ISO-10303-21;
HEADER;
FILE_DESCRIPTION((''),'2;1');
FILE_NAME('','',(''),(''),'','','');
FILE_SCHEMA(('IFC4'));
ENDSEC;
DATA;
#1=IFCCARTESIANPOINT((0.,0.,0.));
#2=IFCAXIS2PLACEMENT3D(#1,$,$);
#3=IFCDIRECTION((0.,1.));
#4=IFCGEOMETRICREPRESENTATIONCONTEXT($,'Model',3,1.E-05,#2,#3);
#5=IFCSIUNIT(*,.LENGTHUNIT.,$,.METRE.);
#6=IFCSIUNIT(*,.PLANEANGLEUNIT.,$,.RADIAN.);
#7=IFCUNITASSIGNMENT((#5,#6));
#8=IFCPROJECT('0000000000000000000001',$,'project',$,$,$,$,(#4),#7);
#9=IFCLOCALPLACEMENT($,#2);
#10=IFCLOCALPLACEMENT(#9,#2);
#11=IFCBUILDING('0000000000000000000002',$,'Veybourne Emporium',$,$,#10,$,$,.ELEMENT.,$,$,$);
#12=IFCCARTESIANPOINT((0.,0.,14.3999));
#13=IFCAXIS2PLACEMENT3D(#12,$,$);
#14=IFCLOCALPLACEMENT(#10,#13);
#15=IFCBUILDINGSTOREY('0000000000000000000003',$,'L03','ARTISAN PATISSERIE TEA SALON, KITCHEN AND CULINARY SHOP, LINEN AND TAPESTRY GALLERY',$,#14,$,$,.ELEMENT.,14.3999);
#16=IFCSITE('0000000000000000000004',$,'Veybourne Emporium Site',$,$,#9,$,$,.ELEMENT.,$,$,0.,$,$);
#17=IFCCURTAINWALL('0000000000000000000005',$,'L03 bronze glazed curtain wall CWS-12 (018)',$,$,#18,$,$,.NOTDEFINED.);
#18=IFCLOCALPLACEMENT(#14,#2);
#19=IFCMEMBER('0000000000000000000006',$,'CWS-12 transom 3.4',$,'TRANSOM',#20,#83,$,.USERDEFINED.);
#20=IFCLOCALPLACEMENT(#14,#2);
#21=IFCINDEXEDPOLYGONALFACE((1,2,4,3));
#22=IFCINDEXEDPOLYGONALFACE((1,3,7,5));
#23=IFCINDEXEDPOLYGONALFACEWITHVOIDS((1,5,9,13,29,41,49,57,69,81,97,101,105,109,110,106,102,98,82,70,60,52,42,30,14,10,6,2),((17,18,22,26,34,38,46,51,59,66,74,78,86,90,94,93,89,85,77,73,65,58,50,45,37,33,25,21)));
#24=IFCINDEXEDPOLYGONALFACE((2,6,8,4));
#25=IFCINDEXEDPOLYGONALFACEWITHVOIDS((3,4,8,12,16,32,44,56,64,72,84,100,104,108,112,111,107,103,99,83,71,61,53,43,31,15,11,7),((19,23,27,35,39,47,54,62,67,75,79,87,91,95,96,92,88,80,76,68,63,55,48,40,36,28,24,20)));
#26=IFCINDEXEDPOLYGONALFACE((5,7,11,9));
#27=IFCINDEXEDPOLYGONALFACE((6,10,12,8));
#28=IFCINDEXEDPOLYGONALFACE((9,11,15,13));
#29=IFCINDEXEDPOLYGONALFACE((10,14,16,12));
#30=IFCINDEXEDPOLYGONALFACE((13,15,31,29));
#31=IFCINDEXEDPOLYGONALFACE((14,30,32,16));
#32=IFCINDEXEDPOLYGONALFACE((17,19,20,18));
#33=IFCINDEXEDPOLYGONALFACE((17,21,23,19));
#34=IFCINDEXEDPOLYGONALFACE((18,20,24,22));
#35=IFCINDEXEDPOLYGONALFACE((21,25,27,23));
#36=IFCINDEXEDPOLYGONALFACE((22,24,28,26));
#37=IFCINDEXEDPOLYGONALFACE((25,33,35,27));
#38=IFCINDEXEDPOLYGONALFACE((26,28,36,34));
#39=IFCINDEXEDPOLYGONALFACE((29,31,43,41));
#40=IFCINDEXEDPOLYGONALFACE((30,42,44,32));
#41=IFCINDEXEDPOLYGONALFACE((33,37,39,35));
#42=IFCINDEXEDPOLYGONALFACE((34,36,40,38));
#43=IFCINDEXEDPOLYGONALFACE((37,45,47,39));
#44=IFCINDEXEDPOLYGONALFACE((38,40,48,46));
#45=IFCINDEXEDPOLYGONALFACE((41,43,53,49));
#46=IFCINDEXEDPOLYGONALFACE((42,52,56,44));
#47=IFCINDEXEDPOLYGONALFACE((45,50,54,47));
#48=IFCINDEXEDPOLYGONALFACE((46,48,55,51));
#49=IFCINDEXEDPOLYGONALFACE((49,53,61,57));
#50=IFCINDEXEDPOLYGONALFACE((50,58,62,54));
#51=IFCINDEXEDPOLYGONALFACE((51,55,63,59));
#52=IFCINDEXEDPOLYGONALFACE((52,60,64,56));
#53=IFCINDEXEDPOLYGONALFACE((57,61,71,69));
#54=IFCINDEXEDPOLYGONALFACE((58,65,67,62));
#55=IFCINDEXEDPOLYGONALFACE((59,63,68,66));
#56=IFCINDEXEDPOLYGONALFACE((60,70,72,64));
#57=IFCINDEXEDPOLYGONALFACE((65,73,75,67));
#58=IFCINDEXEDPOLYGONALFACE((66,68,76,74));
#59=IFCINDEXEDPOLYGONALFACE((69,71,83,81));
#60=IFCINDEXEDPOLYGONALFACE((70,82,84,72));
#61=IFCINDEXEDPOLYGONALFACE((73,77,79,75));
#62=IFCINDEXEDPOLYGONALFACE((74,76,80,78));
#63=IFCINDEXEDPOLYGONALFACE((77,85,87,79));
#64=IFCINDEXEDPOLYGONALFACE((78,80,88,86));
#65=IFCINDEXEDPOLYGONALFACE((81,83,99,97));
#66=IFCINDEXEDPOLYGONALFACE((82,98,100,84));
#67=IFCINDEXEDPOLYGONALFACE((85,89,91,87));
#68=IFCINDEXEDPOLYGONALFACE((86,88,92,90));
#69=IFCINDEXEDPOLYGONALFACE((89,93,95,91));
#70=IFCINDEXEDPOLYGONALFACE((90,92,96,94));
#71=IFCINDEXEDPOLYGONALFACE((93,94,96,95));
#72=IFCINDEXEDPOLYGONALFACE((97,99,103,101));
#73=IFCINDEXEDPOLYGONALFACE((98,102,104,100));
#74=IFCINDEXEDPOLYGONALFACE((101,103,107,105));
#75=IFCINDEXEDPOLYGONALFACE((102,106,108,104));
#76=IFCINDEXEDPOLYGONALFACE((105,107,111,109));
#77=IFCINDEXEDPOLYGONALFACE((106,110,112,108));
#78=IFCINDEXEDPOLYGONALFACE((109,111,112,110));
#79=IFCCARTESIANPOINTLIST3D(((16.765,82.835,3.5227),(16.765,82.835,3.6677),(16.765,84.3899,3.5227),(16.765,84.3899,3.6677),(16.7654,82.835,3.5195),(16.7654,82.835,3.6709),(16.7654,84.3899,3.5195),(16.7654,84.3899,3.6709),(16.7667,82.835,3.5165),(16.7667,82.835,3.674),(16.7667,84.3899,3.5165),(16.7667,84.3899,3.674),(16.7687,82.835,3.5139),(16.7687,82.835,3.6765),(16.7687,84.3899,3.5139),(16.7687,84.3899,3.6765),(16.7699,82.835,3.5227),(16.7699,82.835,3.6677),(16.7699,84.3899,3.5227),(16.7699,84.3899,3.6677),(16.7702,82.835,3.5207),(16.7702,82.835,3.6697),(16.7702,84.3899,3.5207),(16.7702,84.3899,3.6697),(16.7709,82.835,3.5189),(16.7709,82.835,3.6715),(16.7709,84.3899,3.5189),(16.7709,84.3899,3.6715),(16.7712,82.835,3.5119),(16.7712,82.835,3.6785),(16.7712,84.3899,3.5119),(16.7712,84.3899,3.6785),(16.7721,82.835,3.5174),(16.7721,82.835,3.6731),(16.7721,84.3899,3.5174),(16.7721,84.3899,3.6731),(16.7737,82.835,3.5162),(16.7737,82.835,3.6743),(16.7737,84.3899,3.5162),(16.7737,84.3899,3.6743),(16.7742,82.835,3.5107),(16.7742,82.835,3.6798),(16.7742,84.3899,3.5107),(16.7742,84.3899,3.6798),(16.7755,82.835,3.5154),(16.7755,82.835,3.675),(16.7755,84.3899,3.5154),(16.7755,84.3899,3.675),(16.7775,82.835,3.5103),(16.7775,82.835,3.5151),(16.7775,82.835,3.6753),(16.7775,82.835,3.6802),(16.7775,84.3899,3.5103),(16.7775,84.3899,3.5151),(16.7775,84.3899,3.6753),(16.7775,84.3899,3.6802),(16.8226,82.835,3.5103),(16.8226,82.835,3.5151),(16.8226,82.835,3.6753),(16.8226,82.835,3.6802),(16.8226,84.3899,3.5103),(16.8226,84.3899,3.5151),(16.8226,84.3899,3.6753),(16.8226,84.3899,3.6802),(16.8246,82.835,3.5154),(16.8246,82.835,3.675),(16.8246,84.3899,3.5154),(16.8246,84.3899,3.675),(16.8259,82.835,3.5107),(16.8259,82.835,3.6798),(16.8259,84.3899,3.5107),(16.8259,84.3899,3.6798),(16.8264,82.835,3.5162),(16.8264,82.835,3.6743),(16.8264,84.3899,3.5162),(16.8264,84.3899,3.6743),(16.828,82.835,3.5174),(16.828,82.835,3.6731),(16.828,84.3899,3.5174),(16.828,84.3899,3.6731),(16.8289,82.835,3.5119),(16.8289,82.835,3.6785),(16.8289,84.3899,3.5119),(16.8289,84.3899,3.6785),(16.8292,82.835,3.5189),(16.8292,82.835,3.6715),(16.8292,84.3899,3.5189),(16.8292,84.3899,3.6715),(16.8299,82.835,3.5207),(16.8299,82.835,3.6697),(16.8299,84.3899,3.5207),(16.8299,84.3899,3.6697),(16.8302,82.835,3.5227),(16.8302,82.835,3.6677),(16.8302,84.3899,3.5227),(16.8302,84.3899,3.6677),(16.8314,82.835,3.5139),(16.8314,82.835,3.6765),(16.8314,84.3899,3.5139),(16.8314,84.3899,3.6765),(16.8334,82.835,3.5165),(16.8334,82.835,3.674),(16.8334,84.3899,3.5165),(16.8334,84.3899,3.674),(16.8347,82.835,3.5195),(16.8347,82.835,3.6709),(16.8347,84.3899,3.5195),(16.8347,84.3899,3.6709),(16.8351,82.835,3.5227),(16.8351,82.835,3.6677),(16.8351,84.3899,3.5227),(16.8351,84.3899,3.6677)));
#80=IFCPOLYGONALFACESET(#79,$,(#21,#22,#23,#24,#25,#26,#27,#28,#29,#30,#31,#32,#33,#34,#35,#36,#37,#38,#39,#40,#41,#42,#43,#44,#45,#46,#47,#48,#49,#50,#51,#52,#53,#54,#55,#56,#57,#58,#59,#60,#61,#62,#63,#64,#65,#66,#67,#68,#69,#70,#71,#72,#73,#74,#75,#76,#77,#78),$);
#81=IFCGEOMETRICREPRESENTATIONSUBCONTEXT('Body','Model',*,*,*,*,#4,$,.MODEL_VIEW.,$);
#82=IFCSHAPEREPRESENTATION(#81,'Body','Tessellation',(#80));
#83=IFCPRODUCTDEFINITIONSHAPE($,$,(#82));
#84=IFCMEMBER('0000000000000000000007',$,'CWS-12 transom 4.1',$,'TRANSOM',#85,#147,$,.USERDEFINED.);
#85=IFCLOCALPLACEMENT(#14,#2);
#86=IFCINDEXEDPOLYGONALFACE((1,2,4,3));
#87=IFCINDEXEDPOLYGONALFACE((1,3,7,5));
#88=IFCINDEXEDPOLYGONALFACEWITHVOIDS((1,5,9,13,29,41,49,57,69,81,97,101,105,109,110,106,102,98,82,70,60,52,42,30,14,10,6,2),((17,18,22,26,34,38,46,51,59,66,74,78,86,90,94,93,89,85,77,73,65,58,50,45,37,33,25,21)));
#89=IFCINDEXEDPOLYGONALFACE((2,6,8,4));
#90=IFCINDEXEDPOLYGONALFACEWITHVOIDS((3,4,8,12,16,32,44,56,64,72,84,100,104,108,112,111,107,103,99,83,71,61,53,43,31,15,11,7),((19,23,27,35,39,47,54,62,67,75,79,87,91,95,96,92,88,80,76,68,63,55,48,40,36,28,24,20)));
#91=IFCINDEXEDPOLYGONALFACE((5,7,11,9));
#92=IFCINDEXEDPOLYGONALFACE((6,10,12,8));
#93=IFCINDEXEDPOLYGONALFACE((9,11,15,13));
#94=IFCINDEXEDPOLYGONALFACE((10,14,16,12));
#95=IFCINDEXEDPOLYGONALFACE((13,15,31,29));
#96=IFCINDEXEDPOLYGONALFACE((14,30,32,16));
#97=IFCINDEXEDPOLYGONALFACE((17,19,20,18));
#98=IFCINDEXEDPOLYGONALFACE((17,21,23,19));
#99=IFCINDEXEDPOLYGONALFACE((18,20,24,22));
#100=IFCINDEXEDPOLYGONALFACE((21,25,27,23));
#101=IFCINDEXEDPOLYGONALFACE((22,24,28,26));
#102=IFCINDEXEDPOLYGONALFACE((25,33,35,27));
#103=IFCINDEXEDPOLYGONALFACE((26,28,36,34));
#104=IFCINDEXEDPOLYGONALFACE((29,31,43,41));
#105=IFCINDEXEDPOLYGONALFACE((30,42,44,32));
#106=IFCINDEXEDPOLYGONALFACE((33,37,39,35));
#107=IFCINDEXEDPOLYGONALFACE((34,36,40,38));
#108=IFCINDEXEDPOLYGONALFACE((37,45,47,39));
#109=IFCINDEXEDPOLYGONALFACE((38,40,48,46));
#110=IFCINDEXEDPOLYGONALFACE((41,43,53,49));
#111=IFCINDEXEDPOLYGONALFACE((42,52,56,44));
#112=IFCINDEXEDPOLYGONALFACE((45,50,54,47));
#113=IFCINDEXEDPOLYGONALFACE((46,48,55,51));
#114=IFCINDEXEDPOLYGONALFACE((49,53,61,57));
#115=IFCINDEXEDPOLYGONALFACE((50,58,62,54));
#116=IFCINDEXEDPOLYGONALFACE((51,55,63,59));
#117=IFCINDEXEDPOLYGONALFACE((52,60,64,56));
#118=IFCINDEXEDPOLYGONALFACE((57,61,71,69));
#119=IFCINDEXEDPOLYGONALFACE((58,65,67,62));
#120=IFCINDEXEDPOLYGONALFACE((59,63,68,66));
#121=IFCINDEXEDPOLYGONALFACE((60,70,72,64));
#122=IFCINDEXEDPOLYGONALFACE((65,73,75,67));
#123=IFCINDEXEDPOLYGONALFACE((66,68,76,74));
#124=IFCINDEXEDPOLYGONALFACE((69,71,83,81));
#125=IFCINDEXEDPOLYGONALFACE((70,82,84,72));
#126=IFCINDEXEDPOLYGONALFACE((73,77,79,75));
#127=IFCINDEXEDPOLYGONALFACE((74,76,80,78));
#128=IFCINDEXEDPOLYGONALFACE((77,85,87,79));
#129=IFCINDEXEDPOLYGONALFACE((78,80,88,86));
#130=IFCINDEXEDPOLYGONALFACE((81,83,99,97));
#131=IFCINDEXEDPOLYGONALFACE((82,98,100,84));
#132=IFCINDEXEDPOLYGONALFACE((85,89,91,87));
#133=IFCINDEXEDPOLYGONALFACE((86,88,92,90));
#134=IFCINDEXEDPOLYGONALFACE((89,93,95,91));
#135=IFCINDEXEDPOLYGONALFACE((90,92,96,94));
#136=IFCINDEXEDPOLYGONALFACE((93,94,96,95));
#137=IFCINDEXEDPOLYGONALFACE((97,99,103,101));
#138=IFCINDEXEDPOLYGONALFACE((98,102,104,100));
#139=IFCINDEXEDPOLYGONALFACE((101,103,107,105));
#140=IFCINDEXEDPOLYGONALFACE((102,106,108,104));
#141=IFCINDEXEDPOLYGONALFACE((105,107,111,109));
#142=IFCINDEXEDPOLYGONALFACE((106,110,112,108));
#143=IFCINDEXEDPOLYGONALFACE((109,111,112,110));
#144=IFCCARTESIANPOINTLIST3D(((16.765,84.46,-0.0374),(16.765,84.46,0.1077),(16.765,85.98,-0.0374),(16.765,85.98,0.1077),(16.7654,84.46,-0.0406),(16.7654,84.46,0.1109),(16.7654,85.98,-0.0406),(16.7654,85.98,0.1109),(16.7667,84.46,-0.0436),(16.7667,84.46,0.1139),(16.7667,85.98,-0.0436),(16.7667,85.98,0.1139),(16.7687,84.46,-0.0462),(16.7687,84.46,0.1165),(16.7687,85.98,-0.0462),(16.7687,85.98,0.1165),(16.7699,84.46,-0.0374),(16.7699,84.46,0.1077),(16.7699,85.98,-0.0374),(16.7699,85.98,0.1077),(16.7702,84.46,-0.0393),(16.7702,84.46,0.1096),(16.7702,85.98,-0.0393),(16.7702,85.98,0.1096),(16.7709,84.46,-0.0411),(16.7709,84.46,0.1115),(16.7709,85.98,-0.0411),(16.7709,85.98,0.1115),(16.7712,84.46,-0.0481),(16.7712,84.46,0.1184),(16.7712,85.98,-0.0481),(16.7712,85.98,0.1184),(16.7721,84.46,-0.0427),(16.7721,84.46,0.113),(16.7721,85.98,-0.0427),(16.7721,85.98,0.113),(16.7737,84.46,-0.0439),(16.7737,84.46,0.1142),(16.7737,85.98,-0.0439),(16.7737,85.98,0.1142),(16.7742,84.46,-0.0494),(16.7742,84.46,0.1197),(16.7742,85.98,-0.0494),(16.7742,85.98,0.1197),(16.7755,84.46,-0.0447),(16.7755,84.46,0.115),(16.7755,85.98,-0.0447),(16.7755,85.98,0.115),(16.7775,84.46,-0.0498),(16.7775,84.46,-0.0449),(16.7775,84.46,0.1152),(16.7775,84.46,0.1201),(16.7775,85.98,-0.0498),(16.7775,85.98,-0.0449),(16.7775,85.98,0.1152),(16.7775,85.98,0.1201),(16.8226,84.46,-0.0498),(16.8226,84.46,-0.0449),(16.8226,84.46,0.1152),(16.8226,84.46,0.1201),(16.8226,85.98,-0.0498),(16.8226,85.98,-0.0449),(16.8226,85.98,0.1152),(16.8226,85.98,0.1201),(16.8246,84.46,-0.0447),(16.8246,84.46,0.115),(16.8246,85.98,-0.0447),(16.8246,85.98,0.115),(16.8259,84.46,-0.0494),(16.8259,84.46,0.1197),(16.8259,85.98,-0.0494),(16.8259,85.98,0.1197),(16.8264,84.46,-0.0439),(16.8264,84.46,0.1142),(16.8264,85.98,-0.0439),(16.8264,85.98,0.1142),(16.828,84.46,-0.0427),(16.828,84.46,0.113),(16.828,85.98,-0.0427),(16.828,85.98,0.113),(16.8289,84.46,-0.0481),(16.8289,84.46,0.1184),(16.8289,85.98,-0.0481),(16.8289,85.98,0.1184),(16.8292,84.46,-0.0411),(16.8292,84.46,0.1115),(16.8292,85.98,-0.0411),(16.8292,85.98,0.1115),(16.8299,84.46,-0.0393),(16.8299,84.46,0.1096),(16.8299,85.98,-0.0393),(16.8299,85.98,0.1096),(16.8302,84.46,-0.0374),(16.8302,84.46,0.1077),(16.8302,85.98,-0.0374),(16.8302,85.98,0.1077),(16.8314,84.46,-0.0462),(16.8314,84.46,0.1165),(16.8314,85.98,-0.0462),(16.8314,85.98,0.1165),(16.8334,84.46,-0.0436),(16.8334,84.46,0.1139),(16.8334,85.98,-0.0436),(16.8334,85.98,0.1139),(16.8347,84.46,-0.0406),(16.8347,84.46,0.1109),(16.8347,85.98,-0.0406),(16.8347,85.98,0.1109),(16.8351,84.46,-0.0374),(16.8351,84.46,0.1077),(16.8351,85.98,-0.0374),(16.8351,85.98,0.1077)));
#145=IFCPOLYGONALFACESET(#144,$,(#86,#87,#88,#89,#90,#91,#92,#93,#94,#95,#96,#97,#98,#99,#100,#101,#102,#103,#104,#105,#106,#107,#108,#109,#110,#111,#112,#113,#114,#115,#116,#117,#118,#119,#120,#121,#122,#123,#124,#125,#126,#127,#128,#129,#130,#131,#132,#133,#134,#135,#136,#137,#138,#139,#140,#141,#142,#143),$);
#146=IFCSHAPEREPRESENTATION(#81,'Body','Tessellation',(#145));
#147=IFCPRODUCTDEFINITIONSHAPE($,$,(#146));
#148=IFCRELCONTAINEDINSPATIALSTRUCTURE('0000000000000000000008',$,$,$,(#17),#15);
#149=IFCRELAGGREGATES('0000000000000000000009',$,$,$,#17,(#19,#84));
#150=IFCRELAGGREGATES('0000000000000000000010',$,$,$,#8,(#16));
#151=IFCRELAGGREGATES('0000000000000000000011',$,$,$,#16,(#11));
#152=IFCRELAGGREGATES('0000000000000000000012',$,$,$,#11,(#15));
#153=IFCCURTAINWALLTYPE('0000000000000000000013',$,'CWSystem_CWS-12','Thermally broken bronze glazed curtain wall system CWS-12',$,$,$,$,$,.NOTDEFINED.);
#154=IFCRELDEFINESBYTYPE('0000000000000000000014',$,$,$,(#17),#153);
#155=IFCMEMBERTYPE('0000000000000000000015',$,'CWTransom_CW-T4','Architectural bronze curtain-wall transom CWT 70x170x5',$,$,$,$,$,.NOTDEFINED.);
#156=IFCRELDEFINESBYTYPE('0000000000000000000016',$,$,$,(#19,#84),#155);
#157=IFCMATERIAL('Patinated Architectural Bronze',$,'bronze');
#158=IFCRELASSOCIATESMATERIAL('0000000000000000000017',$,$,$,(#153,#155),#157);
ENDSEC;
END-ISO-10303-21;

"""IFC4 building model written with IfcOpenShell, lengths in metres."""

from ifc_helpers import new_model, si_unit, direction, frame, origin, origin_2d, place, context, subcontext, project, spatial, hollow_rectangle, extrude, material, material_profile, profile_set, type_object, element, aggregate, save


model = new_model("IFC4")

# Units and contexts
model_context = context("Model", 3, precision=1e-05, world=origin(), true_north=direction((0.0, 1.0)))
body_context = subcontext(model_context, "Body", "Model", "MODEL_VIEW")
ifc_project = project(units=[si_unit("LENGTHUNIT", "METRE"), si_unit("PLANEANGLEUNIT", "RADIAN")], contexts=[model_context])

# Site, building, storey
site_placement = place(None, origin())
site = spatial("IfcSite", under=ifc_project, at=site_placement, Name="Veybourne Emporium Site", CompositionType="ELEMENT", RefElevation=0.0)
building_placement = place(site_placement, origin())
building = spatial("IfcBuilding", under=site, at=building_placement, Name="Veybourne Emporium", CompositionType="ELEMENT")
storey_placement = place(building_placement, frame((0.0, 0.0, 14.3999)))
storey = spatial("IfcBuildingStorey", under=building, at=storey_placement, Name="L03", Description="ARTISAN PATISSERIE TEA SALON, KITCHEN AND CULINARY SHOP, LINEN AND TAPESTRY GALLERY", CompositionType="ELEMENT", Elevation=14.3999)

# Curtain wall, members
ifc_material_1 = material(Name="Patinated Architectural Bronze", Category="bronze")
curtain_wall_type = type_object("IfcCurtainWallType", Name="CWSystem_CWS-12", Description="Thermally broken bronze glazed curtain wall system CWS-12", PredefinedType="NOTDEFINED", material=ifc_material_1)
curtain_wall_placement = place(storey_placement, origin())
curtain_wall = element("IfcCurtainWall", 1, at=curtain_wall_placement, inside=storey, type_object=curtain_wall_type, Name="L03 bronze glazed curtain wall CWS-12 (018)", PredefinedType="NOTDEFINED")
ifc_material_profile_1 = material_profile(ifc_material_1, hollow_rectangle(XDim=0.0701, YDim=0.1699, WallThickness=0.0049, InnerFilletRadius=0.0076, OuterFilletRadius=0.0125, at=origin_2d()), Name="CWT 70x170x5")
ifc_profile_set_1 = profile_set([ifc_material_profile_1], Name="Patinated Architectural Bronze")
member_type_1 = type_object("IfcMemberType", Name="CWTransom_CW-T4", Description="Architectural bronze curtain-wall transom CWT 70x170x5", PredefinedType="NOTDEFINED", material=ifc_profile_set_1)
member_1_placement = place(storey_placement, frame((16.8, 82.835, 3.5952), z_axis=(0.0, 1.0, 0.0), x_axis=(-1.0, 0.0, 0.0)))
member_1 = element("IfcMember", 2, at=member_1_placement, type_object=member_type_1, Name="CWS-12 transom 3.4", ObjectType="TRANSOM", PredefinedType="USERDEFINED", context=body_context, shape_type="SweptSolid", body=[
    extrude(hollow_rectangle(XDim=0.0701, YDim=0.1699, WallThickness=0.0049, InnerFilletRadius=0.0076, OuterFilletRadius=0.0125, at=origin_2d()), origin(), (0.0, 0.0, 1.0), 1.5549),
])
member_2_placement = place(storey_placement, frame((16.8, 84.46, 0.0352), z_axis=(0.0, 1.0, 0.0), x_axis=(-1.0, 0.0, 0.0)))
member_2 = element("IfcMember", 3, at=member_2_placement, type_object=member_type_1, Name="CWS-12 transom 4.1", ObjectType="TRANSOM", PredefinedType="USERDEFINED", context=body_context, shape_type="SweptSolid", body=[
    extrude(hollow_rectangle(XDim=0.0701, YDim=0.1699, WallThickness=0.0049, InnerFilletRadius=0.0076, OuterFilletRadius=0.0125, at=origin_2d()), origin(), (0.0, 0.0, 1.0), 1.52),
])

aggregate(curtain_wall, [member_1, member_2])

save(model, "model.ifc")
